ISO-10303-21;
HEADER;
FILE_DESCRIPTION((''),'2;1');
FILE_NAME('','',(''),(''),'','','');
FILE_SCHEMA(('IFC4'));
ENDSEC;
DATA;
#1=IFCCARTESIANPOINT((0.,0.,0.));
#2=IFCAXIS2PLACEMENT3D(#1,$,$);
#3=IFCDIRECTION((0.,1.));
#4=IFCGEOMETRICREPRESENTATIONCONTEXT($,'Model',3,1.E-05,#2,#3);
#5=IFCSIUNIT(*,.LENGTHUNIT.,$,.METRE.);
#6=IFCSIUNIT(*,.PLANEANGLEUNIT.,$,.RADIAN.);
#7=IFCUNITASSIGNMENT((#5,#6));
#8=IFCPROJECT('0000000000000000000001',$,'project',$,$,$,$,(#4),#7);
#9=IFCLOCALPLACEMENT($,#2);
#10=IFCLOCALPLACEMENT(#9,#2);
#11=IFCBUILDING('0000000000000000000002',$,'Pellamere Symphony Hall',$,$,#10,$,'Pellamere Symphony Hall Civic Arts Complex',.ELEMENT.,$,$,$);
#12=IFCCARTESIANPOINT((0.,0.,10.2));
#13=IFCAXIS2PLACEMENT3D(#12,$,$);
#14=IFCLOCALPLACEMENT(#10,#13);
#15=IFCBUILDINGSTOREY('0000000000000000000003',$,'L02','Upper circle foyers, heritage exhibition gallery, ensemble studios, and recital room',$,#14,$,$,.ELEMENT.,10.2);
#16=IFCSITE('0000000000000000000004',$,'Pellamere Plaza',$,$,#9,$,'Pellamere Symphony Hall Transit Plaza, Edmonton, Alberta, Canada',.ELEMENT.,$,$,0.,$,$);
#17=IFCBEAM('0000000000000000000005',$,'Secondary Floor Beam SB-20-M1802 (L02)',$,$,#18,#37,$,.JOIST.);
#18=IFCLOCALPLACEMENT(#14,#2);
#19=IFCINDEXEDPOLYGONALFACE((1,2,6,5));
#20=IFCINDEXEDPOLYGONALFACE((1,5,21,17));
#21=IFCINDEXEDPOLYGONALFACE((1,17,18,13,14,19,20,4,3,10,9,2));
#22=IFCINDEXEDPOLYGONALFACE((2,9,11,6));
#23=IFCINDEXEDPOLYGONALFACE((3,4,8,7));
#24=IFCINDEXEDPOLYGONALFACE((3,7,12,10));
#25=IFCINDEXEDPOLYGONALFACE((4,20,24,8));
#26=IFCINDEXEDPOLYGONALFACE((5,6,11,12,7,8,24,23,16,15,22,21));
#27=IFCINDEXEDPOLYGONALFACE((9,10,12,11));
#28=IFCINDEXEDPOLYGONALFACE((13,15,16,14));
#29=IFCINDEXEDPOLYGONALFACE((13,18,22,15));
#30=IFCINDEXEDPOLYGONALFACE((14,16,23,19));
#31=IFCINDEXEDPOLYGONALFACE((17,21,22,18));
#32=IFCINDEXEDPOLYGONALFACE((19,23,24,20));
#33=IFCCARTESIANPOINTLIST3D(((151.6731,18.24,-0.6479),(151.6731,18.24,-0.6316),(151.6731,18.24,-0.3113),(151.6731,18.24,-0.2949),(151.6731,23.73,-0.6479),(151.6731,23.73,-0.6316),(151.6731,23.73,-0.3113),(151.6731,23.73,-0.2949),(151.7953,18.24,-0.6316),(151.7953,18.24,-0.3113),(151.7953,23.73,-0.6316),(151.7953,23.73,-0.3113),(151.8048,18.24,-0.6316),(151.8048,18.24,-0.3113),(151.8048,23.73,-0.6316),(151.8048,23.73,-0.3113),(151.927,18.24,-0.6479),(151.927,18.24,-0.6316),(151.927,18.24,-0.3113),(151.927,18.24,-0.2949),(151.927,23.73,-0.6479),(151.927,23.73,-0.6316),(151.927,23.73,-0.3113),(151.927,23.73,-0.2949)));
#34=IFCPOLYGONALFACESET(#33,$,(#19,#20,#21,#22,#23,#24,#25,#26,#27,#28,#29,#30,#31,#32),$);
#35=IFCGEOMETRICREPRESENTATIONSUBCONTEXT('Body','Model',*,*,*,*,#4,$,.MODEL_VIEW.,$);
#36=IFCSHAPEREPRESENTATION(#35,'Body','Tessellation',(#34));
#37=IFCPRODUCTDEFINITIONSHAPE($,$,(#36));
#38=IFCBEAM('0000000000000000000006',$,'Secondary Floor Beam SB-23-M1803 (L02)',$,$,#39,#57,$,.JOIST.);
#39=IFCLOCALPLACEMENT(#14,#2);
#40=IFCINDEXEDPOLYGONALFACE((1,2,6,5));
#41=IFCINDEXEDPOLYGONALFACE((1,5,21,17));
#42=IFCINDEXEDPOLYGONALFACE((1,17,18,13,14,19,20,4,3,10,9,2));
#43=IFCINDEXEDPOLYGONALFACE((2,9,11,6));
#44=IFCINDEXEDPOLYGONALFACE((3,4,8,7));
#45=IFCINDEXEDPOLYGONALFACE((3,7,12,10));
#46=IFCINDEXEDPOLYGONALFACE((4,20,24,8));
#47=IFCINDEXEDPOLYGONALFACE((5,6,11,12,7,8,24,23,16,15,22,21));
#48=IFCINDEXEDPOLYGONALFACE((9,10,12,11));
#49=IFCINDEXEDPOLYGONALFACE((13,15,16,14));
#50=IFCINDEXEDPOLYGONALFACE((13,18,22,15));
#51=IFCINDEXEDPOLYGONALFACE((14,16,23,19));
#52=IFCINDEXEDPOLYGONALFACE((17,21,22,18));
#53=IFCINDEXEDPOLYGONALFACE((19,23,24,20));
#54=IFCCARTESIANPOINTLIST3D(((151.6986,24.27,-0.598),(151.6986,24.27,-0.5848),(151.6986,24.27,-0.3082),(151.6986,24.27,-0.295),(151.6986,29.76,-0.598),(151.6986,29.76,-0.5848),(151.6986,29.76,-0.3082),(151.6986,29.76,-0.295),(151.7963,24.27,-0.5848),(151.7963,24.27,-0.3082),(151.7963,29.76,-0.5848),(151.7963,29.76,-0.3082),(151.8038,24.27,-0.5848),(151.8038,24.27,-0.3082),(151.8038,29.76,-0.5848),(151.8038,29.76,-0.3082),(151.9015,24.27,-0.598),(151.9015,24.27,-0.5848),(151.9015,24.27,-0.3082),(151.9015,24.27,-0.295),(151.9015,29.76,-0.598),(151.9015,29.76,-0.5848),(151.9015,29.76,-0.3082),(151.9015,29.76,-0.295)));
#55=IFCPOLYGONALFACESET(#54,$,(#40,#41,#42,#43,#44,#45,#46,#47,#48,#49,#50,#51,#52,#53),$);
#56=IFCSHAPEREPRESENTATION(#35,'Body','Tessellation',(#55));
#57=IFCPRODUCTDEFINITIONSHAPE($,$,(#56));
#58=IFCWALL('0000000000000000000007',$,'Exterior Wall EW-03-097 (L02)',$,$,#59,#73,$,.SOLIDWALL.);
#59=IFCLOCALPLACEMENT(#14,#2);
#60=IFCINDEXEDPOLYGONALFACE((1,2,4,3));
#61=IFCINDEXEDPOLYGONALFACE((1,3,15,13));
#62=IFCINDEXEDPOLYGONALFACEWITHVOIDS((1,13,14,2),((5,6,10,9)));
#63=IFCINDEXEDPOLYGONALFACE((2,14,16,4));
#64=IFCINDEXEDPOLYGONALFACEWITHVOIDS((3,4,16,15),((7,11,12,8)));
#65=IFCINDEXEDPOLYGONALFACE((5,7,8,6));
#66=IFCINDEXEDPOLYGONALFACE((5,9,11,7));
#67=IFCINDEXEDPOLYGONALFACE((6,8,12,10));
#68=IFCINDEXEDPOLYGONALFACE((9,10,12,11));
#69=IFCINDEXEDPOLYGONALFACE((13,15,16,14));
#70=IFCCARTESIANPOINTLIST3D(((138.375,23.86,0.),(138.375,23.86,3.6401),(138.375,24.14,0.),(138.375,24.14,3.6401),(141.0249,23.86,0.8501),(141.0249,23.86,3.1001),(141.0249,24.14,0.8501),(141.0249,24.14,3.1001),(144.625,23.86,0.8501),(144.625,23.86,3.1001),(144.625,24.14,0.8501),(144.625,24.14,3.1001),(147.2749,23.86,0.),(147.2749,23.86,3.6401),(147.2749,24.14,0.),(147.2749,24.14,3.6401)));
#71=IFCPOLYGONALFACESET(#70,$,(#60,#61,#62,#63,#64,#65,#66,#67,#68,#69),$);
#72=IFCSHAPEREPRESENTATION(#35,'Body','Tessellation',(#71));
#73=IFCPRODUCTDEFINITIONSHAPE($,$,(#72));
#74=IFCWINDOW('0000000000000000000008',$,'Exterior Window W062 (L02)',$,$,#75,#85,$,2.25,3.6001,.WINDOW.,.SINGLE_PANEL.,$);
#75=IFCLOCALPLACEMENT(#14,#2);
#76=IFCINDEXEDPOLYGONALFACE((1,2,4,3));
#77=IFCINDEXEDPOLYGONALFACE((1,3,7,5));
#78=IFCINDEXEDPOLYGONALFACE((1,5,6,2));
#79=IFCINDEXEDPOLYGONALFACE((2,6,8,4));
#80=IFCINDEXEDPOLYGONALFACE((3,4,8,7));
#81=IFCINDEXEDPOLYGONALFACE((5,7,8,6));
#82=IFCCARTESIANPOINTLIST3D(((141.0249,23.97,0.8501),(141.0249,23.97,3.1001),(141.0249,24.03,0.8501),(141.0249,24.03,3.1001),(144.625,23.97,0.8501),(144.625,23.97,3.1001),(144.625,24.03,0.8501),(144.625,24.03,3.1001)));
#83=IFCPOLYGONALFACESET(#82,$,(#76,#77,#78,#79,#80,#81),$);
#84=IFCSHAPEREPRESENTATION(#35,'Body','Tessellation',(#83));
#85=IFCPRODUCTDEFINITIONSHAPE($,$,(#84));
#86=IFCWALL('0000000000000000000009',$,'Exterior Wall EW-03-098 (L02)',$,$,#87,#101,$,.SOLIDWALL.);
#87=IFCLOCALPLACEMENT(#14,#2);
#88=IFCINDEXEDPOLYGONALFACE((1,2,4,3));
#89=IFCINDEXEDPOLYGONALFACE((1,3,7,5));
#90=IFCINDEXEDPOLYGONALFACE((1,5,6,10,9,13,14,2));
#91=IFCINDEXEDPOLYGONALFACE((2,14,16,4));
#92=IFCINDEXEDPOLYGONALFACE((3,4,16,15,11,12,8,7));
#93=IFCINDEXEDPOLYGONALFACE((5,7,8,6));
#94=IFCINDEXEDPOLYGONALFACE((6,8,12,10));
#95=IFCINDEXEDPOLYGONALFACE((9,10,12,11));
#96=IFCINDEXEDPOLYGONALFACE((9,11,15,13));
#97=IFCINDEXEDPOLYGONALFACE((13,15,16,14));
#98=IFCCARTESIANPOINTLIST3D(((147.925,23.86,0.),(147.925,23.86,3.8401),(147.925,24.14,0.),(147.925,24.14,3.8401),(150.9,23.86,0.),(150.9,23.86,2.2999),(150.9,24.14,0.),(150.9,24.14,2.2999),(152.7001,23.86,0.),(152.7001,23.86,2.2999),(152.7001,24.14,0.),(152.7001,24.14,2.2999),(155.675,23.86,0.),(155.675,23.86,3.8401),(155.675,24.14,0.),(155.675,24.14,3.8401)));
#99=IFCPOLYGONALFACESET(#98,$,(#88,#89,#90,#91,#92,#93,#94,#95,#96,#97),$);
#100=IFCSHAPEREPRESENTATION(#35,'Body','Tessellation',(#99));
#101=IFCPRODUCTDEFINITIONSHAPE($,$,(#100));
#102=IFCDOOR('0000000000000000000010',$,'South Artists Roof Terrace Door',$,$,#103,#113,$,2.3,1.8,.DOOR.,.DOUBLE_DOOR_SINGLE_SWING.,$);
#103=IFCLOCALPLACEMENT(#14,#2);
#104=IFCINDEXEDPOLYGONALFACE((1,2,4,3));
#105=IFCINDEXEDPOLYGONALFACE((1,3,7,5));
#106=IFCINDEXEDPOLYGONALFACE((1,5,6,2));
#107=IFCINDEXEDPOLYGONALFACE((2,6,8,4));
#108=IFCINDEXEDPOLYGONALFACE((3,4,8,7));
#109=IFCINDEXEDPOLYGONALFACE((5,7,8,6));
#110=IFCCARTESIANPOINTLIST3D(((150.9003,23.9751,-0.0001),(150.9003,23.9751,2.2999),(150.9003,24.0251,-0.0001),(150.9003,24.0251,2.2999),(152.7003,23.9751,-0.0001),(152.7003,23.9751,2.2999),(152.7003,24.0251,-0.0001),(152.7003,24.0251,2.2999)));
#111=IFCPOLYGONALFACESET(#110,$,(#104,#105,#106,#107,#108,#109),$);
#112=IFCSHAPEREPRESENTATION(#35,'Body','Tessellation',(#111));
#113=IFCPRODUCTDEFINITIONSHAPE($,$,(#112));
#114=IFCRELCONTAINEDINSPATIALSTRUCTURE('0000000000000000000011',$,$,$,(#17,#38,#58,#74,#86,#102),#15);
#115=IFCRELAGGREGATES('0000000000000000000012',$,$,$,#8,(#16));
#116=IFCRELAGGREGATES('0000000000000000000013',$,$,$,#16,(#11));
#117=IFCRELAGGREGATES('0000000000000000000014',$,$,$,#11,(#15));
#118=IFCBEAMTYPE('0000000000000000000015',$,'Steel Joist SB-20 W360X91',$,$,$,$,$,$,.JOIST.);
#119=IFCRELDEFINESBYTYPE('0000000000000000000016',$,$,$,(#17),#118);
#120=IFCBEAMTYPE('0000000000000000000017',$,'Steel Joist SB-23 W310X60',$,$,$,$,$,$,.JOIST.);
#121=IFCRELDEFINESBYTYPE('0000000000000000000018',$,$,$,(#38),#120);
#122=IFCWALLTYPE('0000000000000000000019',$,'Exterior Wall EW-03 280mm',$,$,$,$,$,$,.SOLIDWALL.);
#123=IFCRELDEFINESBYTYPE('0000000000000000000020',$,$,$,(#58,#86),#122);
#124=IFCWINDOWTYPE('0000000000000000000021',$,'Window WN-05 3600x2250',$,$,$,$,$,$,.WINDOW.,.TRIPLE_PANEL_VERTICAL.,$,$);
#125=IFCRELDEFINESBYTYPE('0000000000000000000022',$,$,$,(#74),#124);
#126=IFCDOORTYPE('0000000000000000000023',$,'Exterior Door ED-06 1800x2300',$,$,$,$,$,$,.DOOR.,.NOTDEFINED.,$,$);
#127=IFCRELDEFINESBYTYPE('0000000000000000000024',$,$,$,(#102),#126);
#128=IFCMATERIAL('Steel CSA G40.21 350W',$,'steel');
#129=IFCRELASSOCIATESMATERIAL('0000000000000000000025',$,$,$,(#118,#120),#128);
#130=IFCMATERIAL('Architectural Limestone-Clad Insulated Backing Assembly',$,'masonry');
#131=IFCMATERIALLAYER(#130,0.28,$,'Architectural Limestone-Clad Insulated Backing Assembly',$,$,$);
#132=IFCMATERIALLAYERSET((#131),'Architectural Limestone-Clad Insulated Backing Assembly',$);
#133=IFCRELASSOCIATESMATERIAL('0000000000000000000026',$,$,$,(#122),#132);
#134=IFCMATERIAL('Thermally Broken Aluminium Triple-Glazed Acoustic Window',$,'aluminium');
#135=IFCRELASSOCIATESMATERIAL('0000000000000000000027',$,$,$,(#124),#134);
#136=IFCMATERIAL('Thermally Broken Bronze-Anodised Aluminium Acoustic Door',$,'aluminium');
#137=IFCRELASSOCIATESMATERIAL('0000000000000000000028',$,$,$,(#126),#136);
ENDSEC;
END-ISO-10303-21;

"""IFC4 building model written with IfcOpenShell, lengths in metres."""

from ifc_helpers import new_model, si_unit, direction, frame, frame_2d, origin, origin_2d, place, context, subcontext, project, spatial, rectangle, i_section, extrude, material, layer, layer_set, material_profile, profile_set, type_object, element, fill, save


model = new_model("IFC4")

# Units and contexts
model_context = context("Model", 3, precision=1e-05, world=origin(), true_north=direction((0.0, 1.0)))
body_context = subcontext(model_context, "Body", "Model", "MODEL_VIEW")
ifc_project = project(units=[si_unit("LENGTHUNIT", "METRE"), si_unit("PLANEANGLEUNIT", "RADIAN")], contexts=[model_context])

# Site, building, storey
site_placement = place(None, origin())
site = spatial("IfcSite", under=ifc_project, at=site_placement, Name="Pellamere Plaza", LongName="Pellamere Symphony Hall Transit Plaza, Edmonton, Alberta, Canada", CompositionType="ELEMENT", RefElevation=0.0)
building_placement = place(site_placement, origin())
building = spatial("IfcBuilding", under=site, at=building_placement, Name="Pellamere Symphony Hall", LongName="Pellamere Symphony Hall Civic Arts Complex", CompositionType="ELEMENT")
storey_placement = place(building_placement, frame((0.0, 0.0, 10.2)))
storey = spatial("IfcBuildingStorey", under=building, at=storey_placement, Name="L02", Description="Upper circle foyers, heritage exhibition gallery, ensemble studios, and recital room", CompositionType="ELEMENT", Elevation=10.2)

# Beams
ifc_material_1 = material(Name="Steel CSA G40.21 350W", Category="steel")
ifc_material_profile_1 = material_profile(ifc_material_1, i_section(OverallWidth=0.2539, OverallDepth=0.353, WebThickness=0.0095, FlangeThickness=0.0164, at=origin_2d()), Name="W360X91")
ifc_profile_set_1 = profile_set([ifc_material_profile_1], Name="Steel CSA G40.21 350W")
beam_type_1 = type_object("IfcBeamType", Name="Steel Joist SB-20 W360X91", PredefinedType="JOIST", material=ifc_profile_set_1)
beam_1_placement = place(storey_placement, frame((151.8, 18.24, -0.4714), z_axis=(0.0, 1.0, 0.0), x_axis=(-1.0, 0.0, 0.0)))
element("IfcBeam", 1, at=beam_1_placement, inside=storey, type_object=beam_type_1, Name="Secondary Floor Beam SB-20-M1802 (L02)", PredefinedType="JOIST", context=body_context, shape_type="SweptSolid", body=[
    extrude(i_section(OverallWidth=0.2539, OverallDepth=0.353, WebThickness=0.0095, FlangeThickness=0.0164, at=origin_2d()), origin(), (0.0, 0.0, 1.0), 5.49),
])
ifc_material_profile_2 = material_profile(ifc_material_1, i_section(OverallWidth=0.2029, OverallDepth=0.303, WebThickness=0.0076, FlangeThickness=0.0132, at=origin_2d()), Name="W310X60")
ifc_profile_set_2 = profile_set([ifc_material_profile_2], Name="Steel CSA G40.21 350W")
beam_type_2 = type_object("IfcBeamType", Name="Steel Joist SB-23 W310X60", PredefinedType="JOIST", material=ifc_profile_set_2)
beam_2_placement = place(storey_placement, frame((151.8, 24.27, -0.4465), z_axis=(0.0, 1.0, 0.0), x_axis=(-1.0, 0.0, 0.0)))
element("IfcBeam", 2, at=beam_2_placement, inside=storey, type_object=beam_type_2, Name="Secondary Floor Beam SB-23-M1803 (L02)", PredefinedType="JOIST", context=body_context, shape_type="SweptSolid", body=[
    extrude(i_section(OverallWidth=0.2029, OverallDepth=0.303, WebThickness=0.0076, FlangeThickness=0.0132, at=origin_2d()), origin(), (0.0, 0.0, 1.0), 5.49),
])

# Wall, opening, window
ifc_material_2 = material(Name="Architectural Limestone-Clad Insulated Backing Assembly", Category="masonry")
ifc_layer_1 = layer(ifc_material_2, 0.28, Name="Architectural Limestone-Clad Insulated Backing Assembly")
ifc_layer_set_1 = layer_set([ifc_layer_1], Name="Architectural Limestone-Clad Insulated Backing Assembly")
wall_type_1 = type_object("IfcWallType", Name="Exterior Wall EW-03 280mm", PredefinedType="SOLIDWALL", material=ifc_layer_set_1)
wall_1_placement = place(storey_placement, frame((138.375, 24.0, 0.0), z_axis=(0.0, 0.0, 1.0), x_axis=(1.0, 0.0, 0.0)))
wall_1 = element("IfcWall", 3, at=wall_1_placement, inside=storey, type_object=wall_type_1, Name="Exterior Wall EW-03-097 (L02)", PredefinedType="SOLIDWALL", context=body_context, shape_type="SweptSolid", body=[
    extrude(rectangle(XDim=8.8999, YDim=0.28, at=frame_2d((4.45, 0.0))), origin(), (0.0, 0.0, 1.0), 3.6401),
])
opening_1_placement = place(wall_1_placement, frame((2.6499, 0.0, 0.8501)))
opening_1 = element("IfcOpeningElement", 4, at=opening_1_placement, cuts=wall_1, PredefinedType="OPENING", context=body_context, shape_type="SweptSolid", body=[
    extrude(rectangle(XDim=3.6001, YDim=2.25, at=frame_2d((1.8, 1.125))), frame((0.0, 0.1499, 0.0), z_axis=(0.0, -1.0, 0.0), x_axis=(1.0, 0.0, 0.0)), (0.0, 0.0, 1.0), 0.3),
])
ifc_material_3 = material(Name="Thermally Broken Aluminium Triple-Glazed Acoustic Window", Category="aluminium")
window_type = type_object("IfcWindowType", Name="Window WN-05 3600x2250", PartitioningType="TRIPLE_PANEL_VERTICAL", PredefinedType="WINDOW", material=ifc_material_3)
window_placement = place(opening_1_placement, origin())
window = element("IfcWindow", 5, at=window_placement, inside=storey, type_object=window_type, Name="Exterior Window W062 (L02)", OverallHeight=2.25, OverallWidth=3.6001, PartitioningType="SINGLE_PANEL", PredefinedType="WINDOW", context=body_context, shape_type="SweptSolid", body=[
    extrude(rectangle(XDim=3.6001, YDim=2.25, at=frame_2d((1.8, 1.125))), frame((0.0, 0.03, 0.0), z_axis=(0.0, -1.0, 0.0), x_axis=(1.0, 0.0, 0.0)), (0.0, 0.0, 1.0), 0.0601),
])
fill(opening_1, window)

# Wall, opening, door
wall_2_placement = place(storey_placement, frame((147.925, 24.0, 0.0), z_axis=(0.0, 0.0, 1.0), x_axis=(1.0, 0.0, 0.0)))
wall_2 = element("IfcWall", 6, at=wall_2_placement, inside=storey, type_object=wall_type_1, Name="Exterior Wall EW-03-098 (L02)", PredefinedType="SOLIDWALL", context=body_context, shape_type="SweptSolid", body=[
    extrude(rectangle(XDim=7.75, YDim=0.28, at=frame_2d((3.875, 0.0))), origin(), (0.0, 0.0, 1.0), 3.8401),
])
opening_2_placement = place(wall_2_placement, frame((2.9751, 0.0, 0.0)))
opening_2 = element("IfcOpeningElement", 7, at=opening_2_placement, cuts=wall_2, PredefinedType="OPENING", context=body_context, shape_type="SweptSolid", body=[
    extrude(rectangle(XDim=1.8, YDim=2.3, at=frame_2d((0.8999, 1.1499))), frame((0.0, 0.1499, 0.0), z_axis=(0.0, -1.0, 0.0), x_axis=(1.0, 0.0, 0.0)), (0.0, 0.0, 1.0), 0.3),
])
ifc_material_4 = material(Name="Thermally Broken Bronze-Anodised Aluminium Acoustic Door", Category="aluminium")
door_type_1 = type_object("IfcDoorType", Name="Exterior Door ED-06 1800x2300", OperationType="NOTDEFINED", PredefinedType="DOOR", material=ifc_material_4)
door_1_placement = place(opening_2_placement, frame((1.8, 0.0, 0.0), z_axis=(0.0, 0.0, 1.0), x_axis=(-1.0, 0.0, 0.0)))
door_1 = element("IfcDoor", 8, at=door_1_placement, inside=storey, type_object=door_type_1, Name="South Artists Roof Terrace Door", OperationType="DOUBLE_DOOR_SINGLE_SWING", OverallHeight=2.3, OverallWidth=1.8, PredefinedType="DOOR", context=body_context, shape_type="SweptSolid", body=[
    extrude(rectangle(XDim=1.8, YDim=2.3, at=frame_2d((0.8999, 1.1499))), frame((0.0, 0.0249, 0.0), z_axis=(0.0, -1.0, 0.0), x_axis=(1.0, 0.0, 0.0)), (0.0, 0.0, 1.0), 0.05),
])
fill(opening_2, door_1)

save(model, "model.ifc")
